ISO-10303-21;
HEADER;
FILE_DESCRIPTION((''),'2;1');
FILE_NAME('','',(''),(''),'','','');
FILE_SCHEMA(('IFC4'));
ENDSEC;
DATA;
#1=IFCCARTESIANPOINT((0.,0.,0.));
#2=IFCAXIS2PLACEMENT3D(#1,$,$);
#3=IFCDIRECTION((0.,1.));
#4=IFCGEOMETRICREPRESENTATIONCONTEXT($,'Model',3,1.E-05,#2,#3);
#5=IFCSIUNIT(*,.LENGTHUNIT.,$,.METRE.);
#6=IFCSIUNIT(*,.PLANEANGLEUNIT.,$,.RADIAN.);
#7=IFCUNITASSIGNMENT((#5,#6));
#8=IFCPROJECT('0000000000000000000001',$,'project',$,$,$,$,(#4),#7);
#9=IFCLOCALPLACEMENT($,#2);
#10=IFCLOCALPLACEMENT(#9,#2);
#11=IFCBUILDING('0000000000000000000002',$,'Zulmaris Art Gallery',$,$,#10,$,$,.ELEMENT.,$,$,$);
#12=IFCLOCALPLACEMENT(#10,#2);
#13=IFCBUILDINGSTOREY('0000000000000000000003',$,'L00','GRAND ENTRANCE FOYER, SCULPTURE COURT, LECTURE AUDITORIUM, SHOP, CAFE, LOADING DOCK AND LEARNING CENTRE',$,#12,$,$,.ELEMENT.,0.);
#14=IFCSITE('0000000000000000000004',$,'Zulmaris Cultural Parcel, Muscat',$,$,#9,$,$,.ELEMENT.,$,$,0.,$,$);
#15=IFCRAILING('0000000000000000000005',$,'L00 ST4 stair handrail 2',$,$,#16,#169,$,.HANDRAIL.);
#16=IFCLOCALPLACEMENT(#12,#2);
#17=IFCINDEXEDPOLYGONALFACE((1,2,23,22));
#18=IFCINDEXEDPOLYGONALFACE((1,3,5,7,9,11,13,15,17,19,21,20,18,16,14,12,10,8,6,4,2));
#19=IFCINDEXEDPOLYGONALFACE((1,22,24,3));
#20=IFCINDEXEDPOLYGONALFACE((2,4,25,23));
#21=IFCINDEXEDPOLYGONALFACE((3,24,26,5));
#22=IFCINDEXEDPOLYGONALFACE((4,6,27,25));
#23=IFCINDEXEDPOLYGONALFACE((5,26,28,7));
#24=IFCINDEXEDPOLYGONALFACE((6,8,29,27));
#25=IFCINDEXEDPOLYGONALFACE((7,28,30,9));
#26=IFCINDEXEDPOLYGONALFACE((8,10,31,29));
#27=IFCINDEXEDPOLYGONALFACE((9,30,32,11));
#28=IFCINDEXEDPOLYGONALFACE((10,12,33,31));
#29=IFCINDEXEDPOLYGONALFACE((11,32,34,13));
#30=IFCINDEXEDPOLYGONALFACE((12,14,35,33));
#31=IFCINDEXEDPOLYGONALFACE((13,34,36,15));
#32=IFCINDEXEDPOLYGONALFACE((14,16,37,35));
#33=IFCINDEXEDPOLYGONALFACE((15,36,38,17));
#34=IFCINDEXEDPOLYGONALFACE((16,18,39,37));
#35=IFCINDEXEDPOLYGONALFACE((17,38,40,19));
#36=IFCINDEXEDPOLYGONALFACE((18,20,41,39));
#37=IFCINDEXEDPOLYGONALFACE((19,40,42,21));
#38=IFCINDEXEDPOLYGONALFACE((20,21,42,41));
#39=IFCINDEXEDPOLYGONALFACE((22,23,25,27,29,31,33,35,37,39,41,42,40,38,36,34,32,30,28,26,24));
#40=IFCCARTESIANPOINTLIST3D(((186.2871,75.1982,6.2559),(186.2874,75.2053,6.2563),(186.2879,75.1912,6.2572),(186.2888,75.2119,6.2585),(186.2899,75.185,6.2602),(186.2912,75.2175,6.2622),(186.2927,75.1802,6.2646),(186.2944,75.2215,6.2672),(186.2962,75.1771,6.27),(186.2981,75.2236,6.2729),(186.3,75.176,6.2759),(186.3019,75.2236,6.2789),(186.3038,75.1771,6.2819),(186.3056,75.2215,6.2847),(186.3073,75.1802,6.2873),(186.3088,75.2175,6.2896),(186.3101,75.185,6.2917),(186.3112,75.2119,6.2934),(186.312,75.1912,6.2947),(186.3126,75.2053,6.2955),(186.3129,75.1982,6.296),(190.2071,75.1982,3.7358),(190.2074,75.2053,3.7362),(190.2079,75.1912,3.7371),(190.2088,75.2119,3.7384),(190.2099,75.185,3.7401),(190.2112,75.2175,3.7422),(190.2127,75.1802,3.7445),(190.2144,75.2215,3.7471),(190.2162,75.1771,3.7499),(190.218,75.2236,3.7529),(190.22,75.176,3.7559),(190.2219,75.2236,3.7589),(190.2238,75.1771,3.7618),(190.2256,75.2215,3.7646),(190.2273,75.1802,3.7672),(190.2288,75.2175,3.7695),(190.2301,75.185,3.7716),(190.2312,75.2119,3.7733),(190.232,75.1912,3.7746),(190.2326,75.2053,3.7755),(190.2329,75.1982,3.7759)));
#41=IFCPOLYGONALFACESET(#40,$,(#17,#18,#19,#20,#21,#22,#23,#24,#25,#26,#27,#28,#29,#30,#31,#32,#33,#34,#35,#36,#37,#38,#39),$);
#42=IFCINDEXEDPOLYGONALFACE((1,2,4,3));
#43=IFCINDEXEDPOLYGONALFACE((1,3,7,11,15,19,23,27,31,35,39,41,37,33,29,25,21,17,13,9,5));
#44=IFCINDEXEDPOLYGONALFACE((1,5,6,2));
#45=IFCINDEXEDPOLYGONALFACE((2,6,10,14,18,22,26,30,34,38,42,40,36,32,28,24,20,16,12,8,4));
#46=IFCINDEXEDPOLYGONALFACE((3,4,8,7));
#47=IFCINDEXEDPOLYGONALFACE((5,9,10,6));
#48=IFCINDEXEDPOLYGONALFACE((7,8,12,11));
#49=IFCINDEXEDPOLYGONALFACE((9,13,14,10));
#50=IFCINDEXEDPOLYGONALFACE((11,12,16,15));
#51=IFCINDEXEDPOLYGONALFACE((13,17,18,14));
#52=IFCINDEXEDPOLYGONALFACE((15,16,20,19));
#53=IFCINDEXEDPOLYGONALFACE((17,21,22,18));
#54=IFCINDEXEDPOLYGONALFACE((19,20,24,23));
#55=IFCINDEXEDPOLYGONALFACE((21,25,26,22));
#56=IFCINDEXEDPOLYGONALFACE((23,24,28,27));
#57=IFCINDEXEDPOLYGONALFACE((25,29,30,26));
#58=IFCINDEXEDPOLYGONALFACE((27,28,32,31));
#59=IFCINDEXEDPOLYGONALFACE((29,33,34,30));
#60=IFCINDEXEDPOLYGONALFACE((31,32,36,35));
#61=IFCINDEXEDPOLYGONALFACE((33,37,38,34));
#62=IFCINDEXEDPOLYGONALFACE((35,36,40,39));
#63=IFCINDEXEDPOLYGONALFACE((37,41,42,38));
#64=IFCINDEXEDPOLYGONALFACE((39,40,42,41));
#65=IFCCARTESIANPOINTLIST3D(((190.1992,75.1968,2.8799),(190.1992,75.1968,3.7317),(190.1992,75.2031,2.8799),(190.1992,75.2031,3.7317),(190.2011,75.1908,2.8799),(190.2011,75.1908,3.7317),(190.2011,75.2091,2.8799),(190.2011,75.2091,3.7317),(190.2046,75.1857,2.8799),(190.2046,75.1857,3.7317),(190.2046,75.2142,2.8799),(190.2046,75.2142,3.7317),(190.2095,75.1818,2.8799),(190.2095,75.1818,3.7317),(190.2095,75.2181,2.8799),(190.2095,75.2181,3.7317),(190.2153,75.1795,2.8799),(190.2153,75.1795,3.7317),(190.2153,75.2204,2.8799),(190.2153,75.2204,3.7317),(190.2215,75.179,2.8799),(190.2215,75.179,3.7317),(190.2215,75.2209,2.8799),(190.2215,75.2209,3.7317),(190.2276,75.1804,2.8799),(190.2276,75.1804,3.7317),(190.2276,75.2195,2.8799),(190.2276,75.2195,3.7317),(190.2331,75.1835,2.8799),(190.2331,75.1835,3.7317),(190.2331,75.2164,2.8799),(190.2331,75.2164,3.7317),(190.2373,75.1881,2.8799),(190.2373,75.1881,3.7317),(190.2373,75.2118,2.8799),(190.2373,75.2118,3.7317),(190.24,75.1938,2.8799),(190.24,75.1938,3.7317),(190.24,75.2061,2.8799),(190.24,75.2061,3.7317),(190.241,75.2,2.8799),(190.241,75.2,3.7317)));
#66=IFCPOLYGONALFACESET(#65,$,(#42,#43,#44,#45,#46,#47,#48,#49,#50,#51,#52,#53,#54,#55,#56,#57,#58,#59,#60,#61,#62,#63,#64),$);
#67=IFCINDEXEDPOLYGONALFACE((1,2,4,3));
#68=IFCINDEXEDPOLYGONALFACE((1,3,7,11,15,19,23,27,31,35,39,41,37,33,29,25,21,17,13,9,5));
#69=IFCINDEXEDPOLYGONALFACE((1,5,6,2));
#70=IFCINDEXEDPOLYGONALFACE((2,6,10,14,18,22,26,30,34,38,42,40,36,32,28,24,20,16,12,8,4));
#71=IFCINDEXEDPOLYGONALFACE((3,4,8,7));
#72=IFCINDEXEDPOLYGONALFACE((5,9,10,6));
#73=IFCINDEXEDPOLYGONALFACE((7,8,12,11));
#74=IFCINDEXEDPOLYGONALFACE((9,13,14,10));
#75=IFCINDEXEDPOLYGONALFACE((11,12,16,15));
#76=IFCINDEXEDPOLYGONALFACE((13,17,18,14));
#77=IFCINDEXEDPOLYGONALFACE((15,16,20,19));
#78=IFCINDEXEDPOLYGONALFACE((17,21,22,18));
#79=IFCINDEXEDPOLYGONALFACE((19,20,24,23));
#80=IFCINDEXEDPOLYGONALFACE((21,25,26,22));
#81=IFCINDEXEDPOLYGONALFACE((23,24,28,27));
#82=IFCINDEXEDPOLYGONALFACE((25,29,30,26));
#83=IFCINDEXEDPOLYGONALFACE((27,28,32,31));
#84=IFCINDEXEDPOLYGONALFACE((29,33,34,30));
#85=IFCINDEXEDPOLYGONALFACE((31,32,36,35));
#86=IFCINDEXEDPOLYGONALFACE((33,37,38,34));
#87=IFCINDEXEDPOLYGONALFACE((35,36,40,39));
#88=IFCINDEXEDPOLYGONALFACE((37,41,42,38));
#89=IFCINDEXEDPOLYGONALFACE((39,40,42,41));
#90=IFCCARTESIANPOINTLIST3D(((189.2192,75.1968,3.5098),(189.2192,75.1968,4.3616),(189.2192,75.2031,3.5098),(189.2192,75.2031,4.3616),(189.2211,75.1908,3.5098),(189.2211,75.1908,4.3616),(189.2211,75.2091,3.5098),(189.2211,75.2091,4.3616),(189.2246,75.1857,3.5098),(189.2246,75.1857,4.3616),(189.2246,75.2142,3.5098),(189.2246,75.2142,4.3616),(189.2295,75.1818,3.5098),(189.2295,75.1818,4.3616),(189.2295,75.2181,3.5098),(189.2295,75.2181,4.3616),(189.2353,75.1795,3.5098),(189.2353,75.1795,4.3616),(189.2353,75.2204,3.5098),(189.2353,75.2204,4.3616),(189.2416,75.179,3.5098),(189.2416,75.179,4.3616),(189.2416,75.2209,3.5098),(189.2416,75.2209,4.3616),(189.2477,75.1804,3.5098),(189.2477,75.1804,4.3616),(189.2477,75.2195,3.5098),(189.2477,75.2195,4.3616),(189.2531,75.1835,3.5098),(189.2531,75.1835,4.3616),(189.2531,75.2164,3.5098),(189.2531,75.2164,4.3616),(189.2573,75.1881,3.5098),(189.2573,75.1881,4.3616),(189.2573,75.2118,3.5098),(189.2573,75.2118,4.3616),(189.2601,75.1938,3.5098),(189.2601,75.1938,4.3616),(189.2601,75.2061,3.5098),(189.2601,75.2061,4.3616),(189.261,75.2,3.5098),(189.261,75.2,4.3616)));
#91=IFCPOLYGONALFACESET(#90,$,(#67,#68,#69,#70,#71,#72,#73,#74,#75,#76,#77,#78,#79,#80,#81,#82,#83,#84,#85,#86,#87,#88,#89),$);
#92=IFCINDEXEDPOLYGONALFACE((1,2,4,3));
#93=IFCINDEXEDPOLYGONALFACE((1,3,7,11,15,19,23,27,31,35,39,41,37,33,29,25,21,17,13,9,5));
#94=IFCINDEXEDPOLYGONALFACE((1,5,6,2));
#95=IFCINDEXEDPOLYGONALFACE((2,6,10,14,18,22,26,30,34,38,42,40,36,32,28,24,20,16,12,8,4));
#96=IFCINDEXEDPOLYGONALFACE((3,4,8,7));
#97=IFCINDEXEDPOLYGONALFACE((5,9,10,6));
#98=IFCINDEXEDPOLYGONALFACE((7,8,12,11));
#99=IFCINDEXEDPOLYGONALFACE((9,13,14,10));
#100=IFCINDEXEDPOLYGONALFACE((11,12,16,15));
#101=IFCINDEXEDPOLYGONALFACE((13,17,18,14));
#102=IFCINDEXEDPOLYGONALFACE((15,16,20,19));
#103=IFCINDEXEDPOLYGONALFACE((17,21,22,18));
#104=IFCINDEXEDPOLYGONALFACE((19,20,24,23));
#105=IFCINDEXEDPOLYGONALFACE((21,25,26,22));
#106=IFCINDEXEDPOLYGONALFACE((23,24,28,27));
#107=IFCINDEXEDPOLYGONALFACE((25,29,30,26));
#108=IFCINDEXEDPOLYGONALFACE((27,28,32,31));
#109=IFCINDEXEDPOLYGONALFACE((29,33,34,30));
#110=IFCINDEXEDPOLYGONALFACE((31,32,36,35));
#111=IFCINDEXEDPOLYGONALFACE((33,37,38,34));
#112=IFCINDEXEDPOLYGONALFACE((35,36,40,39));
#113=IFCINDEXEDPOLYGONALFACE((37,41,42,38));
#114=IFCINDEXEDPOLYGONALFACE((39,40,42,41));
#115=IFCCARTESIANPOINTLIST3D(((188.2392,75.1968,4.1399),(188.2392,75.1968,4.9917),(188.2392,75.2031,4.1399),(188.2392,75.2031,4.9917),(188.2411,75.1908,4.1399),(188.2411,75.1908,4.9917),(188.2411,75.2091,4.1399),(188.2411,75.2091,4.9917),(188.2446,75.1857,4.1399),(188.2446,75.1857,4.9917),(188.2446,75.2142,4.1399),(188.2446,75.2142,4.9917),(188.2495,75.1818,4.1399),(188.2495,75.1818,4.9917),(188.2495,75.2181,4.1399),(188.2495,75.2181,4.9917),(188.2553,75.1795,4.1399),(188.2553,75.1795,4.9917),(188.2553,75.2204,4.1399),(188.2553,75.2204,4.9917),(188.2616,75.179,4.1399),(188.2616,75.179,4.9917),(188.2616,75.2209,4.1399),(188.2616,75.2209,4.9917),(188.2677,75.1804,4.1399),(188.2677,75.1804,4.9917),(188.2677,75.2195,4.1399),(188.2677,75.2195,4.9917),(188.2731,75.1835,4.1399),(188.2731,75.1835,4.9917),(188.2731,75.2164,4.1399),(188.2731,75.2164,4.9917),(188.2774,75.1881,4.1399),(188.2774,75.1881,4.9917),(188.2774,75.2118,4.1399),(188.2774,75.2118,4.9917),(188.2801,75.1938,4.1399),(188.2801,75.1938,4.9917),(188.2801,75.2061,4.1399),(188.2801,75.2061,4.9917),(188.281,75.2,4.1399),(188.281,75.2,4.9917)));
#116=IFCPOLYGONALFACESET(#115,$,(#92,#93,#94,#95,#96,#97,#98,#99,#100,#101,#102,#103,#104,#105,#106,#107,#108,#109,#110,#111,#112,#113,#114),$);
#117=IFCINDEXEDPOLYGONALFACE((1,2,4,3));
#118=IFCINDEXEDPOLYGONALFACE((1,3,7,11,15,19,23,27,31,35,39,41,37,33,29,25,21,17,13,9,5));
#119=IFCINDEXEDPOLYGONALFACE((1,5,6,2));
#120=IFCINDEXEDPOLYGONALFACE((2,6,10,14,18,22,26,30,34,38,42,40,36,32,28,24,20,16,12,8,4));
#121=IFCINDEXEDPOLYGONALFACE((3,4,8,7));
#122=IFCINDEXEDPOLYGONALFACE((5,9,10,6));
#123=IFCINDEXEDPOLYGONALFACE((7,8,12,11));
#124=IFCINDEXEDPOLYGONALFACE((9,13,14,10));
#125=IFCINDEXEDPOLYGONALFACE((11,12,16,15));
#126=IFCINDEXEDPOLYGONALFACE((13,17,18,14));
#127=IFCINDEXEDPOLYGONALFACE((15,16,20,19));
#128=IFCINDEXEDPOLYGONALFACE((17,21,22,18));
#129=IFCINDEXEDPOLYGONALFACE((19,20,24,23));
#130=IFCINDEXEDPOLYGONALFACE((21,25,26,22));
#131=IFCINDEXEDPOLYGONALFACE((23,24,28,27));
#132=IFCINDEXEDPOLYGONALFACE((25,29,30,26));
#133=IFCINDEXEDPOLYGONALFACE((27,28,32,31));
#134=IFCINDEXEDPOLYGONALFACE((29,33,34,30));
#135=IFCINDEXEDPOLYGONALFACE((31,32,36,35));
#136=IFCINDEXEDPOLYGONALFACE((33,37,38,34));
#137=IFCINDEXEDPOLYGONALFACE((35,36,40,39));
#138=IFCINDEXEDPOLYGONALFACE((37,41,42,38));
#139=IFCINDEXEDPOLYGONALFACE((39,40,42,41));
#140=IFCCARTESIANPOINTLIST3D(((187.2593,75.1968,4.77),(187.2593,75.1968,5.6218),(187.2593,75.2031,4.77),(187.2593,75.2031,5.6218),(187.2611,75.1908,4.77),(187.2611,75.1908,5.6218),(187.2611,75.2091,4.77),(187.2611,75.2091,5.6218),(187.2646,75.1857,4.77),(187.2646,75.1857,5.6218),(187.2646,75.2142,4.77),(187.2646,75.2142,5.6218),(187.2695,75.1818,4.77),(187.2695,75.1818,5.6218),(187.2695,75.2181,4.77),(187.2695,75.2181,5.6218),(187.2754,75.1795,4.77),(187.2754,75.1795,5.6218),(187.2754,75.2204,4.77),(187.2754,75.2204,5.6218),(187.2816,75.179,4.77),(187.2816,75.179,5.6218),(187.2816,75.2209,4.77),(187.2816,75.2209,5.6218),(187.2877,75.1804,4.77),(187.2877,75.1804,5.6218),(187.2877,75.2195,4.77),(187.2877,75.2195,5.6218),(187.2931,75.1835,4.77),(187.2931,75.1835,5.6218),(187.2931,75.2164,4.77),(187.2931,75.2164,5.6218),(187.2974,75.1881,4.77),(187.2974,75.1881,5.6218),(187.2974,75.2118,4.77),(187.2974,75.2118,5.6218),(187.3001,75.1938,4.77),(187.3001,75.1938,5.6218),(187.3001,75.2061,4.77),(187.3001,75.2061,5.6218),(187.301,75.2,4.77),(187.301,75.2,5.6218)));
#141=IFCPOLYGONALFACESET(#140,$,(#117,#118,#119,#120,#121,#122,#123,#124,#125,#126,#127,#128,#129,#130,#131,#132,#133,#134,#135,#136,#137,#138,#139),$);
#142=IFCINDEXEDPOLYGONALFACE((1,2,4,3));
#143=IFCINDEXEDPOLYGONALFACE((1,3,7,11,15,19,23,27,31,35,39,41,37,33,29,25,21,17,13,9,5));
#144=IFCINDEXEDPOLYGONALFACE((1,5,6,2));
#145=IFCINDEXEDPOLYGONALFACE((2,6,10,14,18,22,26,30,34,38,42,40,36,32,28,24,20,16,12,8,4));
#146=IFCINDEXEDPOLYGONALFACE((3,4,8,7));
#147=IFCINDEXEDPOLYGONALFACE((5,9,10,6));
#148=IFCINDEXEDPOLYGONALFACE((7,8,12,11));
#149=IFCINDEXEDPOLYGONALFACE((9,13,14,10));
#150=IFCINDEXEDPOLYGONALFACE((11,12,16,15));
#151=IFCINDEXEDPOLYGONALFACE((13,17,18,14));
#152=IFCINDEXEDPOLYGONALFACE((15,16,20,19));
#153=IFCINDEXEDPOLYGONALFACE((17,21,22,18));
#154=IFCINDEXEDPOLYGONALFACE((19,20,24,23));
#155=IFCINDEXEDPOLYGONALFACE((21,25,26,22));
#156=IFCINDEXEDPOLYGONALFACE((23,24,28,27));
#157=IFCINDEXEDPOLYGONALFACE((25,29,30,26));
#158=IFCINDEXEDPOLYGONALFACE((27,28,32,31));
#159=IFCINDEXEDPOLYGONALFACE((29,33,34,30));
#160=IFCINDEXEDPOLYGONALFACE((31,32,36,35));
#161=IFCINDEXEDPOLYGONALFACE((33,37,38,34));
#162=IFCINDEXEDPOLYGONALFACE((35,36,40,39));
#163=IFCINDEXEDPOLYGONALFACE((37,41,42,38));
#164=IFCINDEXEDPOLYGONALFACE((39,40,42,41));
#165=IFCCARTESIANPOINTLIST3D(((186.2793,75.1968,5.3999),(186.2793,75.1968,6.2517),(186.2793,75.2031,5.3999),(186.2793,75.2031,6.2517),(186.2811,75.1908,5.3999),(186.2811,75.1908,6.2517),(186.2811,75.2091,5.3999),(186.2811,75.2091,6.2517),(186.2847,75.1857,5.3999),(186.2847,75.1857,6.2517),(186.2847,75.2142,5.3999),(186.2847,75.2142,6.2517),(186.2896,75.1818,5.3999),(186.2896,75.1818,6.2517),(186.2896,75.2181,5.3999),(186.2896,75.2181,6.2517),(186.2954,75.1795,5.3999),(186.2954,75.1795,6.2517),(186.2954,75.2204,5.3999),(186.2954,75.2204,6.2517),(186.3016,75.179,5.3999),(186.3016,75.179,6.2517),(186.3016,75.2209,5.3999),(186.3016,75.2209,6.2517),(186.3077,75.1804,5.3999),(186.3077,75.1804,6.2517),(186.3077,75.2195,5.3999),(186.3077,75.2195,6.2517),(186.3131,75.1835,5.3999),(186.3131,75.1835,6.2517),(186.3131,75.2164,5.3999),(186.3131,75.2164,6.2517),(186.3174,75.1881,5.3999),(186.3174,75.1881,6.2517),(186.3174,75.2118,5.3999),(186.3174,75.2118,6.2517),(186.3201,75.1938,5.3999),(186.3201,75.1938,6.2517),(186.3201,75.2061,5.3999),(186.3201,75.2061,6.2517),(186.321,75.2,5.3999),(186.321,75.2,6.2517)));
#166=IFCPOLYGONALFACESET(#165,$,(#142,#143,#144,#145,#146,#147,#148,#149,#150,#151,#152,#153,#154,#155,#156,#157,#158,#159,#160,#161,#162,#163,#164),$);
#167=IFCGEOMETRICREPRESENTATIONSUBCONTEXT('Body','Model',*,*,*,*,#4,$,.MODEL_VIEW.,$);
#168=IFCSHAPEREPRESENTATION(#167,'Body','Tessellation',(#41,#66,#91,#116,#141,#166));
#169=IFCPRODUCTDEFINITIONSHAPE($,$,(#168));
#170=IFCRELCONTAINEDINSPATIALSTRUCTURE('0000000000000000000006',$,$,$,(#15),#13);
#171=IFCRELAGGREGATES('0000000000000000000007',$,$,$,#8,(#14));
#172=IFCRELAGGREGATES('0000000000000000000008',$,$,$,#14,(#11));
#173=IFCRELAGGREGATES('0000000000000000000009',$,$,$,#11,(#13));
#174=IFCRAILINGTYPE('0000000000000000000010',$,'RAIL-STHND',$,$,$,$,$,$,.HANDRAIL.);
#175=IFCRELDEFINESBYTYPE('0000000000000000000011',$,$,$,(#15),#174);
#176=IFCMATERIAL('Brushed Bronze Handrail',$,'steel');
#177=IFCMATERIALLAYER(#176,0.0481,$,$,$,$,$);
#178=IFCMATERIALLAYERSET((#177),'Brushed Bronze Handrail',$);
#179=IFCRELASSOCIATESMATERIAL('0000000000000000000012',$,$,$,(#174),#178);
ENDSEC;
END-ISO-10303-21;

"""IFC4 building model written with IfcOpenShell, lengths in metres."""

from ifc_helpers import new_model, si_unit, direction, frame, origin, origin_2d, place, context, subcontext, project, spatial, circle, extrude, material, layer, layer_set, type_object, element, save


model = new_model("IFC4")

# Units and contexts
model_context = context("Model", 3, precision=1e-05, world=origin(), true_north=direction((0.0, 1.0)))
body_context = subcontext(model_context, "Body", "Model", "MODEL_VIEW")
ifc_project = project(units=[si_unit("LENGTHUNIT", "METRE"), si_unit("PLANEANGLEUNIT", "RADIAN")], contexts=[model_context])

# Site, building, storey
site_placement = place(None, origin())
site = spatial("IfcSite", under=ifc_project, at=site_placement, Name="Zulmaris Cultural Parcel, Muscat", CompositionType="ELEMENT", RefElevation=0.0)
building_placement = place(site_placement, origin())
building = spatial("IfcBuilding", under=site, at=building_placement, Name="Zulmaris Art Gallery", CompositionType="ELEMENT")
storey_placement = place(building_placement, origin())
storey = spatial("IfcBuildingStorey", under=building, at=storey_placement, Name="L00", Description="GRAND ENTRANCE FOYER, SCULPTURE COURT, LECTURE AUDITORIUM, SHOP, CAFE, LOADING DOCK AND LEARNING CENTRE", CompositionType="ELEMENT", Elevation=0.0)

# Railing
ifc_material_1 = material(Name="Brushed Bronze Handrail", Category="steel")
ifc_layer_1 = layer(ifc_material_1, 0.0481)
ifc_layer_set_1 = layer_set([ifc_layer_1], Name="Brushed Bronze Handrail")
railing_type_1 = type_object("IfcRailingType", Name="RAIL-STHND", PredefinedType="HANDRAIL", material=ifc_layer_set_1)
railing_1_placement = place(storey_placement, frame((190.22, 75.2, 2.8799)))
element("IfcRailing", 1, at=railing_1_placement, inside=storey, type_object=railing_type_1, Name="L00 ST4 stair handrail 2", PredefinedType="HANDRAIL", context=body_context, shape_type="SweptSolid", body=[
    extrude(circle(Radius=0.0239, at=origin_2d()), frame((0.0, 0.0, 0.876), z_axis=(-0.841172, 0.0, 0.540768), x_axis=(0.0, -1.0, 0.0)), (0.0, 0.0, 1.0), 4.6602),
    extrude(circle(Radius=0.021, at=origin_2d()), origin(), (0.0, 0.0, 1.0), 0.8518),
    extrude(circle(Radius=0.021, at=origin_2d()), frame((-0.98, 0.0, 0.6299)), (0.0, 0.0, 1.0), 0.8518),
    extrude(circle(Radius=0.021, at=origin_2d()), frame((-1.96, 0.0, 1.26)), (0.0, 0.0, 1.0), 0.8518),
    extrude(circle(Radius=0.021, at=origin_2d()), frame((-2.9399, 0.0, 1.8901)), (0.0, 0.0, 1.0), 0.8518),
    extrude(circle(Radius=0.021, at=origin_2d()), frame((-3.9199, 0.0, 2.52)), (0.0, 0.0, 1.0), 0.8518),
])

save(model, "model.ifc")
